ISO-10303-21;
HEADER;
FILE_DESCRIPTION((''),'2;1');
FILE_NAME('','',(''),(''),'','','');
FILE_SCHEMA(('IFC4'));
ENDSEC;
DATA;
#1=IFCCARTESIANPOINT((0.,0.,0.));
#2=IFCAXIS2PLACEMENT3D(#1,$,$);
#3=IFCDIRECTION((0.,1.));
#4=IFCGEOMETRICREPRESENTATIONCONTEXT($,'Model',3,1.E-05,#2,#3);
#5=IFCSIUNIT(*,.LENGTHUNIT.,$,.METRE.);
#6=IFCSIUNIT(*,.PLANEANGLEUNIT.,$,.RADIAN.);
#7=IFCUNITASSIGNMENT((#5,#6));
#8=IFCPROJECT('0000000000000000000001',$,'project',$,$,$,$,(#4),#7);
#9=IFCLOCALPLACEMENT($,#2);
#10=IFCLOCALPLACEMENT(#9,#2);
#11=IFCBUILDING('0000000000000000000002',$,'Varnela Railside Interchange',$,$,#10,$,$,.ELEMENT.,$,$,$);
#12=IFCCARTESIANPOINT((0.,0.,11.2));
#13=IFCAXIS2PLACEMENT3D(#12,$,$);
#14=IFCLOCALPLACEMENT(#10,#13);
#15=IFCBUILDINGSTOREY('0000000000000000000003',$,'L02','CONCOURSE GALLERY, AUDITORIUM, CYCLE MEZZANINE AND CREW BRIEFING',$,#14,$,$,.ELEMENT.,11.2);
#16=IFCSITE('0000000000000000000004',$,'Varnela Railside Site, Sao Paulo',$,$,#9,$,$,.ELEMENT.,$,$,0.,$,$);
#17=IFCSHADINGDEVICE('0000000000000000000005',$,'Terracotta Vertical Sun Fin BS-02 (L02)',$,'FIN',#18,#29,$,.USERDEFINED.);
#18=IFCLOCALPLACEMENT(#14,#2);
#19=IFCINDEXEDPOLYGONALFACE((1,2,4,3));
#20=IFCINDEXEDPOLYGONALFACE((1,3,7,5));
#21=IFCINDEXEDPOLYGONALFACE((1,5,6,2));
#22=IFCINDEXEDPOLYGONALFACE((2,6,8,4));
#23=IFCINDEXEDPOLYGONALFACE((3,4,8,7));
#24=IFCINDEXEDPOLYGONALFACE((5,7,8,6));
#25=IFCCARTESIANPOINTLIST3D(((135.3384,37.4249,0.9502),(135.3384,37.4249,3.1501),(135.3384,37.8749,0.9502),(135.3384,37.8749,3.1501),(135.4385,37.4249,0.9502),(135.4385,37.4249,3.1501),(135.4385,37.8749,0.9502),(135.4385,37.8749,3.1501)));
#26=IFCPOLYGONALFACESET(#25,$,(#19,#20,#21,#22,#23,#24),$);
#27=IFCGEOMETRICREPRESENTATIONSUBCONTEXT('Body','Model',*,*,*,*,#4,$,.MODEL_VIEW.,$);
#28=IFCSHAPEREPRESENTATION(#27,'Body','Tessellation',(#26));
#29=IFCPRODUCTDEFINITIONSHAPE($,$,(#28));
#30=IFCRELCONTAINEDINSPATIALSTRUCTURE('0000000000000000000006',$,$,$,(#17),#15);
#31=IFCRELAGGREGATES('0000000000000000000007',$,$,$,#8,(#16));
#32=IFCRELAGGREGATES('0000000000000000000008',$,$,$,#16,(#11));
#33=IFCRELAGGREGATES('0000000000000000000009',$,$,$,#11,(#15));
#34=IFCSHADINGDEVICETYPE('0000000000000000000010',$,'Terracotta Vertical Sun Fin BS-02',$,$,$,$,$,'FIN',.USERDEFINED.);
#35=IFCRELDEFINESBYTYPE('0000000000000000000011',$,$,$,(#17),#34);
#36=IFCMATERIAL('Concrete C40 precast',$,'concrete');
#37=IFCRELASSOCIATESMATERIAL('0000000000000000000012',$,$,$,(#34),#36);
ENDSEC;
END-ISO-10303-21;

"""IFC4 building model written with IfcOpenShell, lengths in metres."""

from ifc_helpers import new_model, si_unit, direction, frame, origin, origin_2d, place, context, subcontext, project, spatial, rectangle, extrude, material, type_object, element, save


model = new_model("IFC4")

# Units and contexts
model_context = context("Model", 3, precision=1e-05, world=origin(), true_north=direction((0.0, 1.0)))
body_context = subcontext(model_context, "Body", "Model", "MODEL_VIEW")
ifc_project = project(units=[si_unit("LENGTHUNIT", "METRE"), si_unit("PLANEANGLEUNIT", "RADIAN")], contexts=[model_context])

# Site, building, storey
site_placement = place(None, origin())
site = spatial("IfcSite", under=ifc_project, at=site_placement, Name="Varnela Railside Site, Sao Paulo", CompositionType="ELEMENT", RefElevation=0.0)
building_placement = place(site_placement, origin())
building = spatial("IfcBuilding", under=site, at=building_placement, Name="Varnela Railside Interchange", CompositionType="ELEMENT")
storey_placement = place(building_placement, frame((0.0, 0.0, 11.2)))
storey = spatial("IfcBuildingStorey", under=building, at=storey_placement, Name="L02", Description="CONCOURSE GALLERY, AUDITORIUM, CYCLE MEZZANINE AND CREW BRIEFING", CompositionType="ELEMENT", Elevation=11.2)

# Shared definitions
ifc_material_1 = material(Name="Concrete C40 precast", Category="concrete")

# Shading device
shading_device_type = type_object("IfcShadingDeviceType", Name="Terracotta Vertical Sun Fin BS-02", ElementType="FIN", PredefinedType="USERDEFINED", material=ifc_material_1)
for number, where, z_axis, x_axis, name in (
    (1, (135.3884, 37.6499, 0.9502), (0.0, 0.0, 1.0), (0.0, -1.0, 0.0), "Terracotta Vertical Sun Fin BS-02 (L02)"),
):
    element("IfcShadingDevice", number, at=place(storey_placement, frame(where, z_axis=z_axis, x_axis=x_axis)), inside=storey, type_object=shading_device_type, Name=name, ObjectType="FIN", PredefinedType="USERDEFINED", context=body_context, shape_type="SweptSolid", body=[
        extrude(rectangle(XDim=0.45, YDim=0.1001, at=origin_2d()), origin(), (0.0, 0.0, 1.0), 2.2),
    ])

save(model, "model.ifc")
